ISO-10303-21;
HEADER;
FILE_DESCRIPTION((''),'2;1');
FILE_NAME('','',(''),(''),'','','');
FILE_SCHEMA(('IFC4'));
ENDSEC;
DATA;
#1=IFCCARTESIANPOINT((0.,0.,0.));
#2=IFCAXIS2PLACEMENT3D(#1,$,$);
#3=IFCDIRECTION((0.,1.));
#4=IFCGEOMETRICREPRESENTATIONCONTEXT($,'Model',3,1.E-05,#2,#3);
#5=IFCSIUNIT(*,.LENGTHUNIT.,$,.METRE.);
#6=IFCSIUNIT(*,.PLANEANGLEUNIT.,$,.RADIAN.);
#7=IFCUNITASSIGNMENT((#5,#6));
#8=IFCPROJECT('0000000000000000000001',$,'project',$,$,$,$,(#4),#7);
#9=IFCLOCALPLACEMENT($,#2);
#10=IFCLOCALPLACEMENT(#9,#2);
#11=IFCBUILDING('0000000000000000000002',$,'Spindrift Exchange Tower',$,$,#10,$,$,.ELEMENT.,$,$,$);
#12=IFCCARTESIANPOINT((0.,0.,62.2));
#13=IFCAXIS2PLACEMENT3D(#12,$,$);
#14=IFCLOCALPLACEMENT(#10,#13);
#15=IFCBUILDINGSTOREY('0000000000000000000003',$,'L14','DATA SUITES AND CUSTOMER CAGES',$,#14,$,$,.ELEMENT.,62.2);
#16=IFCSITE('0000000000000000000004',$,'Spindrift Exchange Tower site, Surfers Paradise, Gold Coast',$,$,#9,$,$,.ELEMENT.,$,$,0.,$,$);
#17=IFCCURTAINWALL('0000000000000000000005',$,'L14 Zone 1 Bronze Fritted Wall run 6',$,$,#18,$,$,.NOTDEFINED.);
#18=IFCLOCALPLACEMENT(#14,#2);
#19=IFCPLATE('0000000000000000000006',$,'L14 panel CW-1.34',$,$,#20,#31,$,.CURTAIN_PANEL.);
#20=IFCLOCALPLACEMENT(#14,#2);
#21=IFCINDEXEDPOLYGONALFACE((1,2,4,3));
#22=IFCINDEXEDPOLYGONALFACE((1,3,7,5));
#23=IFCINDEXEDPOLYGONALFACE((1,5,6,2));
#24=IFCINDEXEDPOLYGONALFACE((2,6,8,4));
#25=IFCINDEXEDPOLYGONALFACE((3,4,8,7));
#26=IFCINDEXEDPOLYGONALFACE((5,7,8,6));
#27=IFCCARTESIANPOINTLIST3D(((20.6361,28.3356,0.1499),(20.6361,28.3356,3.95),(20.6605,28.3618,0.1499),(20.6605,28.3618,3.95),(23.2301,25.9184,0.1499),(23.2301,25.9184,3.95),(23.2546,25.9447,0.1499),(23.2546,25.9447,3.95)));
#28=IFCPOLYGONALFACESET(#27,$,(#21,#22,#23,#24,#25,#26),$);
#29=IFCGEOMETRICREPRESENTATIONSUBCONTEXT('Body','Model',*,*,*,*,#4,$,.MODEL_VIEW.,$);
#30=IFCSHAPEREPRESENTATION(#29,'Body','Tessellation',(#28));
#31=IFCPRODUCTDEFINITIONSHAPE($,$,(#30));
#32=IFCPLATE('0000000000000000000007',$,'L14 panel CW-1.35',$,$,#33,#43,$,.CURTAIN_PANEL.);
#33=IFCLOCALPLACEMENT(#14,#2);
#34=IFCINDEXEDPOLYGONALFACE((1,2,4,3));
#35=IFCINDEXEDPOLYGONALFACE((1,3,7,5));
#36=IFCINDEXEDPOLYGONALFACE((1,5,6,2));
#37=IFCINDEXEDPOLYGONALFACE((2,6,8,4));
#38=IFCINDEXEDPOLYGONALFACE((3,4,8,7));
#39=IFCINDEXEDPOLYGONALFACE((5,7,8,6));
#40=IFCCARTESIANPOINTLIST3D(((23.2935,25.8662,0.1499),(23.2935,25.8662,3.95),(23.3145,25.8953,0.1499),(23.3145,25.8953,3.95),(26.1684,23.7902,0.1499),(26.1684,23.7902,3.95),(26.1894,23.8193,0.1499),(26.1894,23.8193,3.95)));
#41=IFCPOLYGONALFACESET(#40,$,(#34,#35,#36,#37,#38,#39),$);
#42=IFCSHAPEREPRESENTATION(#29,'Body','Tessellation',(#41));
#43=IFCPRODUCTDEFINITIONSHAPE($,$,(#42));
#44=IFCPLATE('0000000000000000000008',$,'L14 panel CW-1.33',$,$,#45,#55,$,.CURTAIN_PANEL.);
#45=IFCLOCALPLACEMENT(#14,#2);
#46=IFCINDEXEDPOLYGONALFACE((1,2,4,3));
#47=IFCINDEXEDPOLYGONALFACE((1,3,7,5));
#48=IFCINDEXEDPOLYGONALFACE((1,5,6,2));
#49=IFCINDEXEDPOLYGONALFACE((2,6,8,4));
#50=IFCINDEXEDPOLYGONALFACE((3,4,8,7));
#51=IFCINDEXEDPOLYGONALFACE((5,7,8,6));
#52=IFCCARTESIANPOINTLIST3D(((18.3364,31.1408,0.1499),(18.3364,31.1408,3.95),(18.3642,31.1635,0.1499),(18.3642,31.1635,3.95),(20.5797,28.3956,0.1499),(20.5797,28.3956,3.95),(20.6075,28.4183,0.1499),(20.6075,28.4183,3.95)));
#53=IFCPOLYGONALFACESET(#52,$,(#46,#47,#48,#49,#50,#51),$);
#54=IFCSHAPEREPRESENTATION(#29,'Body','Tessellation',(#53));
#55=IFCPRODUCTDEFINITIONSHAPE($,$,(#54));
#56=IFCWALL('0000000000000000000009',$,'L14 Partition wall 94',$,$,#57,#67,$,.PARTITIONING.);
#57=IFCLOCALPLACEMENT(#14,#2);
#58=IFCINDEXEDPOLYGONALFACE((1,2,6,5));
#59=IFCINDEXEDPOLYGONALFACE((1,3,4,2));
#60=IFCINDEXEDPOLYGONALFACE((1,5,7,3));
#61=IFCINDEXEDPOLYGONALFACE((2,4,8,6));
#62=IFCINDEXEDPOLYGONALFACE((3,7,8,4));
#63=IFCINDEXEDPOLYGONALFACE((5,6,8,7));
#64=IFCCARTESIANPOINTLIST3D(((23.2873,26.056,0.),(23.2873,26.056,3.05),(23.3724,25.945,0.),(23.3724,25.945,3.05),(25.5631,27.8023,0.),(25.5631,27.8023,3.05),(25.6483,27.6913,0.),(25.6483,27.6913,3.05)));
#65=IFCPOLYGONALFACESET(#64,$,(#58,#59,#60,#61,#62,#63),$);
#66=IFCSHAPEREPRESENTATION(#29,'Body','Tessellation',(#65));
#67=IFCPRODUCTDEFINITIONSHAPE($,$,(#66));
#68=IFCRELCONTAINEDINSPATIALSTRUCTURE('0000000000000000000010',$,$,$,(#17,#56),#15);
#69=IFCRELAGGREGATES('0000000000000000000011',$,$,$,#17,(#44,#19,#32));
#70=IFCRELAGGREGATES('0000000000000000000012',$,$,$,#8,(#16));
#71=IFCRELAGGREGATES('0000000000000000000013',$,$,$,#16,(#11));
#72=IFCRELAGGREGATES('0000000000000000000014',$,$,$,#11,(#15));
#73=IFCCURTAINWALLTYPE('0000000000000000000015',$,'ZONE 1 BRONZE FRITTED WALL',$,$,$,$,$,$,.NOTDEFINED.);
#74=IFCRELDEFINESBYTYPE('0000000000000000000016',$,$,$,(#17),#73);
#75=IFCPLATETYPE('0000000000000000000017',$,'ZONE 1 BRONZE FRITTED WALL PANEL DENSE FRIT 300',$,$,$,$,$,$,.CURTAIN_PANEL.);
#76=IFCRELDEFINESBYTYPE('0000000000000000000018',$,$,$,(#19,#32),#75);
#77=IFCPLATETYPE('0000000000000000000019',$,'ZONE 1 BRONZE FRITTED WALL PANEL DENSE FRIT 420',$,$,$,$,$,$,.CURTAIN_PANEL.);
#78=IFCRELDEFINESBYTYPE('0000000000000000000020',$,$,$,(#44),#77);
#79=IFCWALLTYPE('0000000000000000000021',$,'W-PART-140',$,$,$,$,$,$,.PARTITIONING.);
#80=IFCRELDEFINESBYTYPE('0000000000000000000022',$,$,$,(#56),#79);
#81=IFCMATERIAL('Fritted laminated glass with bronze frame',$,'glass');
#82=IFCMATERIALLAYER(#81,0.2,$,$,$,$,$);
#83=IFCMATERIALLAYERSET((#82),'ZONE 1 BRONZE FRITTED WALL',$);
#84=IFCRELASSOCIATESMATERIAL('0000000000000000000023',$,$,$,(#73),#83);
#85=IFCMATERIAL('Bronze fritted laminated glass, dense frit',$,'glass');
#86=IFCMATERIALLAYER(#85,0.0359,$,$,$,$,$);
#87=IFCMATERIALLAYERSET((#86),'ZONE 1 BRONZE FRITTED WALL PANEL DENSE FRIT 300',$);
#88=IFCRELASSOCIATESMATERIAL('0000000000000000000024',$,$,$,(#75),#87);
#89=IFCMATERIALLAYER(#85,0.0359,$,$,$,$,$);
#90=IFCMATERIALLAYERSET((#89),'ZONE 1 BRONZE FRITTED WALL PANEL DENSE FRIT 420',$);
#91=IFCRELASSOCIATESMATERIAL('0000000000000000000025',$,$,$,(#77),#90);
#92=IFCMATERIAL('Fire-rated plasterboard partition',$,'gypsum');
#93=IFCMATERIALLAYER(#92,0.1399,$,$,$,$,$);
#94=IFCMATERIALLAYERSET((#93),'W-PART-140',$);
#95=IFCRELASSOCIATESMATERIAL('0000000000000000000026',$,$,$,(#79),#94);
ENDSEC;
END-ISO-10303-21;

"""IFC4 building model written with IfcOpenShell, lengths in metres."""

from ifc_helpers import new_model, si_unit, direction, frame, frame_2d, origin, origin_2d, place, context, subcontext, project, spatial, rectangle, extrude, source, transform, mapped, material, layer, layer_set, type_object, element, aggregate, save


model = new_model("IFC4")

# Units and contexts
model_context = context("Model", 3, precision=1e-05, world=origin(), true_north=direction((0.0, 1.0)))
body_context = subcontext(model_context, "Body", "Model", "MODEL_VIEW")
ifc_project = project(units=[si_unit("LENGTHUNIT", "METRE"), si_unit("PLANEANGLEUNIT", "RADIAN")], contexts=[model_context])

# Site, building, storey
site_placement = place(None, origin())
site = spatial("IfcSite", under=ifc_project, at=site_placement, Name="Spindrift Exchange Tower site, Surfers Paradise, Gold Coast", CompositionType="ELEMENT", RefElevation=0.0)
building_placement = place(site_placement, origin())
building = spatial("IfcBuilding", under=site, at=building_placement, Name="Spindrift Exchange Tower", CompositionType="ELEMENT")
storey_placement = place(building_placement, frame((0.0, 0.0, 62.2)))
storey = spatial("IfcBuildingStorey", under=building, at=storey_placement, Name="L14", Description="DATA SUITES AND CUSTOMER CAGES", CompositionType="ELEMENT", Elevation=62.2)

# Curtain wall
ifc_material_1 = material(Name="Fritted laminated glass with bronze frame", Category="glass")
ifc_layer_1 = layer(ifc_material_1, 0.2)
ifc_layer_set_1 = layer_set([ifc_layer_1], Name="ZONE 1 BRONZE FRITTED WALL")
curtain_wall_type = type_object("IfcCurtainWallType", Name="ZONE 1 BRONZE FRITTED WALL", PredefinedType="NOTDEFINED", material=ifc_layer_set_1)
curtain_wall_1_placement = place(storey_placement, origin())
curtain_wall_1 = element("IfcCurtainWall", 1, at=curtain_wall_1_placement, inside=storey, type_object=curtain_wall_type, Name="L14 Zone 1 Bronze Fritted Wall run 6", PredefinedType="NOTDEFINED")

# Plates
ifc_material_2 = material(Name="Bronze fritted laminated glass, dense frit", Category="glass")
ifc_layer_2 = layer(ifc_material_2, 0.0359)
ifc_layer_set_2 = layer_set([ifc_layer_2], Name="ZONE 1 BRONZE FRITTED WALL PANEL DENSE FRIT 300")
plate_type_1 = type_object("IfcPlateType", Name="ZONE 1 BRONZE FRITTED WALL PANEL DENSE FRIT 300", PredefinedType="CURTAIN_PANEL", material=ifc_layer_set_2)
shared_shape_1 = source(origin(), body_context, "Body", "SweptSolid", [
    extrude(rectangle(XDim=3.5457, YDim=0.0359, at=origin_2d()), origin(), (0.0, 0.0, 1.0), 3.8),
])
plate_1_placement = place(storey_placement, frame((21.9453, 27.1401, 0.1499), z_axis=(0.0, 0.0, 1.0), x_axis=(0.731613, -0.68172, 0.0)))
plate_1 = element("IfcPlate", 2, at=plate_1_placement, type_object=plate_type_1, Name="L14 panel CW-1.34", PredefinedType="CURTAIN_PANEL", context=body_context, shape_type="MappedRepresentation", body=[
    mapped(shared_shape_1, transform((0.0, 0.0, 0.0), scale=1.0)),
])
shared_shape_2 = source(origin(), body_context, "Body", "SweptSolid", [
    extrude(rectangle(XDim=3.5461, YDim=0.0359, at=origin_2d()), origin(), (0.0, 0.0, 1.0), 3.8),
])
plate_2_placement = place(storey_placement, frame((24.7415, 24.8428, 0.1499), z_axis=(0.0, 0.0, 1.0), x_axis=(0.81073, -0.58542, 0.0)))
plate_2 = element("IfcPlate", 3, at=plate_2_placement, type_object=plate_type_1, Name="L14 panel CW-1.35", PredefinedType="CURTAIN_PANEL", context=body_context, shape_type="MappedRepresentation", body=[
    mapped(shared_shape_2, transform((0.0, 0.0, 0.0), scale=1.0)),
])
ifc_layer_3 = layer(ifc_material_2, 0.0359)
ifc_layer_set_3 = layer_set([ifc_layer_3], Name="ZONE 1 BRONZE FRITTED WALL PANEL DENSE FRIT 420")
plate_type_2 = type_object("IfcPlateType", Name="ZONE 1 BRONZE FRITTED WALL PANEL DENSE FRIT 420", PredefinedType="CURTAIN_PANEL", material=ifc_layer_set_3)
shared_shape_3 = source(origin(), body_context, "Body", "SweptSolid", [
    extrude(rectangle(XDim=3.5452, YDim=0.0359, at=origin_2d()), origin(), (0.0, 0.0, 1.0), 3.8),
])
plate_3_placement = place(storey_placement, frame((19.4719, 29.7795, 0.1499), z_axis=(0.0, 0.0, 1.0), x_axis=(0.632772, -0.774339, 0.0)))
plate_3 = element("IfcPlate", 4, at=plate_3_placement, type_object=plate_type_2, Name="L14 panel CW-1.33", PredefinedType="CURTAIN_PANEL", context=body_context, shape_type="MappedRepresentation", body=[
    mapped(shared_shape_3, transform((0.0, 0.0, 0.0), scale=1.0)),
])
aggregate(curtain_wall_1, [plate_3, plate_1, plate_2])

# Wall
ifc_material_3 = material(Name="Fire-rated plasterboard partition", Category="gypsum")
ifc_layer_4 = layer(ifc_material_3, 0.1399)
ifc_layer_set_4 = layer_set([ifc_layer_4], Name="W-PART-140")
wall_type = type_object("IfcWallType", Name="W-PART-140", PredefinedType="PARTITIONING", material=ifc_layer_set_4)
wall_placement = place(storey_placement, frame((25.6057, 27.7468, 0.0), z_axis=(0.0, 0.0, 1.0), x_axis=(-0.793354, -0.60876, 0.0)))
element("IfcWall", 5, at=wall_placement, inside=storey, type_object=wall_type, Name="L14 Partition wall 94", PredefinedType="PARTITIONING", context=body_context, shape_type="SweptSolid", body=[
    extrude(rectangle(XDim=2.8687, YDim=0.1399, at=frame_2d((1.4343, 0.0))), origin(), (0.0, 0.0, 1.0), 3.05),
])

save(model, "model.ifc")
